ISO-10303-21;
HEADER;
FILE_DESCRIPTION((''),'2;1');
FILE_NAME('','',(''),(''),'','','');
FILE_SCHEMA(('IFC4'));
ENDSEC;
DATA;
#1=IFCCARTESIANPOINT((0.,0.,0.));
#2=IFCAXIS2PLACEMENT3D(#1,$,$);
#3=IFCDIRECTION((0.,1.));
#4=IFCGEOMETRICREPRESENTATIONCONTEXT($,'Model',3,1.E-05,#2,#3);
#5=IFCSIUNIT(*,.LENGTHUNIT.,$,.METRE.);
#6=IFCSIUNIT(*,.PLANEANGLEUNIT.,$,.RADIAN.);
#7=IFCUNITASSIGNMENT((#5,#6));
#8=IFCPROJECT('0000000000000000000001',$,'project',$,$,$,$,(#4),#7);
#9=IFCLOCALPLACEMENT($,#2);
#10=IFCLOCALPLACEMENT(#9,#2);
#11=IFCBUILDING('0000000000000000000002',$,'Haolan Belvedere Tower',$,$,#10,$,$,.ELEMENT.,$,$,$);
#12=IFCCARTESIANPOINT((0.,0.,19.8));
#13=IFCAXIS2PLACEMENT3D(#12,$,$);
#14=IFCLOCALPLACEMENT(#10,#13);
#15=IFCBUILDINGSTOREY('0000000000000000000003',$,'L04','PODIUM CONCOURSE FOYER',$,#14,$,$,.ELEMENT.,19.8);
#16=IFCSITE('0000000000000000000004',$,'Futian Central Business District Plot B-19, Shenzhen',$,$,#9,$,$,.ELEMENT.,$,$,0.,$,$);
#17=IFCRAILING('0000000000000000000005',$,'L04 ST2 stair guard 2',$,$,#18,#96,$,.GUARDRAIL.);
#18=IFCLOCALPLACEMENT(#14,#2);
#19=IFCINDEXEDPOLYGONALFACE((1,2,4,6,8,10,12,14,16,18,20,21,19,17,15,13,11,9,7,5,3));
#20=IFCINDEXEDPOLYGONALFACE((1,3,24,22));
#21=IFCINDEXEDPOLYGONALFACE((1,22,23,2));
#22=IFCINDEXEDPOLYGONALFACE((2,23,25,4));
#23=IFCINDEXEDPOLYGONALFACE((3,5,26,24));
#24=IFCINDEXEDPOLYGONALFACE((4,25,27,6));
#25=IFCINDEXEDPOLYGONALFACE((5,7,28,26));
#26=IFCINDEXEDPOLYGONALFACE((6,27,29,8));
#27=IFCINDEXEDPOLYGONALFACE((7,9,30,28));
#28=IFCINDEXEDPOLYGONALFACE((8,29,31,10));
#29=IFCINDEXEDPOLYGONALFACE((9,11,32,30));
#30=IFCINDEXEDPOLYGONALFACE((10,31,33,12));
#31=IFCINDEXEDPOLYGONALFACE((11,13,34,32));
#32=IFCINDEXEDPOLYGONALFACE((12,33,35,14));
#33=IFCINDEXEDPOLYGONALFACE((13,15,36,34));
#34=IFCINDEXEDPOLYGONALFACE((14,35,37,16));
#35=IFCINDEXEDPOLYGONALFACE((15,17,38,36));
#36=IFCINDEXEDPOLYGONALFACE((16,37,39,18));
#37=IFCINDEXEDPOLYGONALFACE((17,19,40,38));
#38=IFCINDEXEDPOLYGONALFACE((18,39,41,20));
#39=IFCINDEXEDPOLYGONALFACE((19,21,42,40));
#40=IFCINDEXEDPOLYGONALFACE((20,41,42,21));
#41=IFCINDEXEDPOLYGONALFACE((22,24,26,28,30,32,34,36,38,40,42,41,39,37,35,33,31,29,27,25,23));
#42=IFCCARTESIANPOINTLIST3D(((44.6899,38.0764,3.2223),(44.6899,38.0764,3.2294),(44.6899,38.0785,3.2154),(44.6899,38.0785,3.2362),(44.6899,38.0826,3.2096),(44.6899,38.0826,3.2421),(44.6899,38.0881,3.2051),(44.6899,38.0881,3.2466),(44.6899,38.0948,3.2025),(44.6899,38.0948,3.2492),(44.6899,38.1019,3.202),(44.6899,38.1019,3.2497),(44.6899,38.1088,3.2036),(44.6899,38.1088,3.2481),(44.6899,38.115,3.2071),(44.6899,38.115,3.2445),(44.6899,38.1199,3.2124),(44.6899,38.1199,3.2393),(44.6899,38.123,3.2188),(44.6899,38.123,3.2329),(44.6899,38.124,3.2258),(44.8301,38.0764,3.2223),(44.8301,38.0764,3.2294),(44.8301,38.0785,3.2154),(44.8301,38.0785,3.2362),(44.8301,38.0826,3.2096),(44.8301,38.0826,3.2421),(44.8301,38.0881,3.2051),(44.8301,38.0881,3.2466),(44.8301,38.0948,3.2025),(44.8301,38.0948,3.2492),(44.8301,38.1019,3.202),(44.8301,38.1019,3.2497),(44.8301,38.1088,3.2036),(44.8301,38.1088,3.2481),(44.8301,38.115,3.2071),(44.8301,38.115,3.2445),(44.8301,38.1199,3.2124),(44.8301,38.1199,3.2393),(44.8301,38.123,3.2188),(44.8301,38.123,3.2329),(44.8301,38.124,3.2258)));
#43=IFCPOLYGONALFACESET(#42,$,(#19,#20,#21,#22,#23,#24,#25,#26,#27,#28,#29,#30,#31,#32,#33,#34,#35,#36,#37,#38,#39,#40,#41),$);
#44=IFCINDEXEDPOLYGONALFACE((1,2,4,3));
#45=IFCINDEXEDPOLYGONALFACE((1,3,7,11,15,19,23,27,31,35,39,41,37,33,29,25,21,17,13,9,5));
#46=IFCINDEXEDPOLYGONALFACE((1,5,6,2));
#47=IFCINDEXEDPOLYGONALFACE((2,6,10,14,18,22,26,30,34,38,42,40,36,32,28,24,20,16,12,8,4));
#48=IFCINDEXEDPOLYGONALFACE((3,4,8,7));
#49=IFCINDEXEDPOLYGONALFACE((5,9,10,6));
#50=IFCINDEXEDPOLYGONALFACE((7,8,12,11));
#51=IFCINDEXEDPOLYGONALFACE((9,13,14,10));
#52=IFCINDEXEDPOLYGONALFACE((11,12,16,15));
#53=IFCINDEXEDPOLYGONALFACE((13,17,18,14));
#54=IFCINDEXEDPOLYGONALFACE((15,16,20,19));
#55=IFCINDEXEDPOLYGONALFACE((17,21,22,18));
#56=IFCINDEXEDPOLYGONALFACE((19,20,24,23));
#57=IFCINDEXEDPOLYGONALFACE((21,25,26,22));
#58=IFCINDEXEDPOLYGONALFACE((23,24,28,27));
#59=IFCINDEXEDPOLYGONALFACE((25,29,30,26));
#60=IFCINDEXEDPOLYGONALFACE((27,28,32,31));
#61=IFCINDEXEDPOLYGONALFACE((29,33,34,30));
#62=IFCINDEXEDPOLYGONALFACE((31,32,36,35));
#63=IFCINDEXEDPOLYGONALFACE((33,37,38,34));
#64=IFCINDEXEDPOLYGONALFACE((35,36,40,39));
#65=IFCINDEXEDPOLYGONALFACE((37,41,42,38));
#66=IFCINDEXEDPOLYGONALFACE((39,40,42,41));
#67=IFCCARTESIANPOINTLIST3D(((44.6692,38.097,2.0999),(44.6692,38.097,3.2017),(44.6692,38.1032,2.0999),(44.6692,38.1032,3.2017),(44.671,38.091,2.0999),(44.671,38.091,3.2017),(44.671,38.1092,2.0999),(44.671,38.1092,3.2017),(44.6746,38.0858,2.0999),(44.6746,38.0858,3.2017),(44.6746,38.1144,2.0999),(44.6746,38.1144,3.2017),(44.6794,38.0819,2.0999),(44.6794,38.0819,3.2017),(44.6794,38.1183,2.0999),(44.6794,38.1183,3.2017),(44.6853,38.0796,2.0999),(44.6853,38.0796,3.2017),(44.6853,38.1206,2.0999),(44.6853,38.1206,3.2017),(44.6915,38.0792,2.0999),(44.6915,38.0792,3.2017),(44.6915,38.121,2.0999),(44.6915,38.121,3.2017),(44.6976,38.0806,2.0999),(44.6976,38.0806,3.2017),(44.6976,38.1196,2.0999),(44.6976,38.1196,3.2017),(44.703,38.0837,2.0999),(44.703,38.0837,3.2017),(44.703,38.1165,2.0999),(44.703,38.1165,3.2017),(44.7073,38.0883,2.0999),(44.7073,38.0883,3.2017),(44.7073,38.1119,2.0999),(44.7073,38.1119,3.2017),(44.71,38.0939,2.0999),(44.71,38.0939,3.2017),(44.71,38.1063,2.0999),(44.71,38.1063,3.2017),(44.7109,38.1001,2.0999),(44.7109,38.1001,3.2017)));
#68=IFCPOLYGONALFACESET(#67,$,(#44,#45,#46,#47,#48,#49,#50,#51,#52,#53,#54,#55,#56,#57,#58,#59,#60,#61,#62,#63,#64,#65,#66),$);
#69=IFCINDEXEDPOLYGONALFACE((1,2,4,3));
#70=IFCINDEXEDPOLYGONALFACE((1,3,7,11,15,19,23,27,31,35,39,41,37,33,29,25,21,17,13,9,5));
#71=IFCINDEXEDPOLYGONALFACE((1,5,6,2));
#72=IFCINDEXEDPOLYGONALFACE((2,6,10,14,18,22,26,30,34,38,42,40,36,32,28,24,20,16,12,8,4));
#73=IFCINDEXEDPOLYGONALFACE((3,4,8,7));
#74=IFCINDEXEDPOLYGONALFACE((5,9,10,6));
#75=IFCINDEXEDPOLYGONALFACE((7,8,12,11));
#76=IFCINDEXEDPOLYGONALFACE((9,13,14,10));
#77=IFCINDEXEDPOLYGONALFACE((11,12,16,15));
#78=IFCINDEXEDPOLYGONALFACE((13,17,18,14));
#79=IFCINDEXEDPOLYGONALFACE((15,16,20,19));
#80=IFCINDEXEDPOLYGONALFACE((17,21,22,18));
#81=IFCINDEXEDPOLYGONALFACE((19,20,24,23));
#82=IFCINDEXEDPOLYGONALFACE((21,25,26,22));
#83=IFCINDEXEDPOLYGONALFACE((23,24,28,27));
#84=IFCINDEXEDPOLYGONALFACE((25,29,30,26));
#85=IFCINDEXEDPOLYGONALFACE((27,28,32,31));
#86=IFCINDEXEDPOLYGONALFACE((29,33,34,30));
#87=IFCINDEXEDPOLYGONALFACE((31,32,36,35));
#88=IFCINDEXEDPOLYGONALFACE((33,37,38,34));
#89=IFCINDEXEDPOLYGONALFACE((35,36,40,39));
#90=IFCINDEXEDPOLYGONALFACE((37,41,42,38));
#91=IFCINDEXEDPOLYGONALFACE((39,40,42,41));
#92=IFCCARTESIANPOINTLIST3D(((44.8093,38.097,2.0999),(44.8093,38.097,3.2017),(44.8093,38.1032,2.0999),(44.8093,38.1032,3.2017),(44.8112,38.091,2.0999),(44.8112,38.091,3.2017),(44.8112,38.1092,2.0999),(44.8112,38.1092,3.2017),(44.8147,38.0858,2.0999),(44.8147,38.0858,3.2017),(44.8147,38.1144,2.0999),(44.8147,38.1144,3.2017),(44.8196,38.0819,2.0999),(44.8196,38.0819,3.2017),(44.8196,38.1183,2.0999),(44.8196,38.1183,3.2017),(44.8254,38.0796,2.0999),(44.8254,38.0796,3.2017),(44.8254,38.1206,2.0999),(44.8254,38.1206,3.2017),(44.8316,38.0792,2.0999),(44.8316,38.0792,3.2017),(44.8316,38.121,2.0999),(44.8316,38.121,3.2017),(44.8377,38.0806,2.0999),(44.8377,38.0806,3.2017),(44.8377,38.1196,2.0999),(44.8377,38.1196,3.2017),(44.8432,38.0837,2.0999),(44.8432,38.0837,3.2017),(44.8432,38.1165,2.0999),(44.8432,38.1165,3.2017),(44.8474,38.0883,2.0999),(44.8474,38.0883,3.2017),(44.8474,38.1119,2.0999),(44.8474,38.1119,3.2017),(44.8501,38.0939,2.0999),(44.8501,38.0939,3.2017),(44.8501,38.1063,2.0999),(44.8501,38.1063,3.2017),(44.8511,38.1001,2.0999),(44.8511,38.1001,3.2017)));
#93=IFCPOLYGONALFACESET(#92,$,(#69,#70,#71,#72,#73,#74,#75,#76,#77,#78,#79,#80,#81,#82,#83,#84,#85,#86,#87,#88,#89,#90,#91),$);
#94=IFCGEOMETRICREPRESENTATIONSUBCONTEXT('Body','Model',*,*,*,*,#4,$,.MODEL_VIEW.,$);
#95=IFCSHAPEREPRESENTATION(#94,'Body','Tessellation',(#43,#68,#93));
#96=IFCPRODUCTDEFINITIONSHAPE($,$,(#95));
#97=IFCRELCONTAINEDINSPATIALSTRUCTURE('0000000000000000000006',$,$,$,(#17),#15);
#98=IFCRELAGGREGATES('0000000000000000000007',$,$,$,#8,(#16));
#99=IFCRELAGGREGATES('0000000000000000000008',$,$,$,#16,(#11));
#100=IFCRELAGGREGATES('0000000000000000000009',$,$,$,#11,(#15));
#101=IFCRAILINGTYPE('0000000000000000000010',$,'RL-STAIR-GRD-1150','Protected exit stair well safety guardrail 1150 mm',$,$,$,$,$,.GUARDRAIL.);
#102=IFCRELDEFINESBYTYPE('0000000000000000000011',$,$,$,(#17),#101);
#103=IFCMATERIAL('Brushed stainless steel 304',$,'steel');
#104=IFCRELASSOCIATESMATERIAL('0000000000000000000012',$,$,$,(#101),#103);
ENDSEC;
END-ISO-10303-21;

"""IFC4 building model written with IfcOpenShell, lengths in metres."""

from ifc_helpers import new_model, si_unit, direction, frame, origin, origin_2d, place, context, subcontext, project, spatial, circle, extrude, material, type_object, element, save


model = new_model("IFC4")

# Units and contexts
model_context = context("Model", 3, precision=1e-05, world=origin(), true_north=direction((0.0, 1.0)))
body_context = subcontext(model_context, "Body", "Model", "MODEL_VIEW")
ifc_project = project(units=[si_unit("LENGTHUNIT", "METRE"), si_unit("PLANEANGLEUNIT", "RADIAN")], contexts=[model_context])

# Site, building, storey
site_placement = place(None, origin())
site = spatial("IfcSite", under=ifc_project, at=site_placement, Name="Futian Central Business District Plot B-19, Shenzhen", CompositionType="ELEMENT", RefElevation=0.0)
building_placement = place(site_placement, origin())
building = spatial("IfcBuilding", under=site, at=building_placement, Name="Haolan Belvedere Tower", CompositionType="ELEMENT")
storey_placement = place(building_placement, frame((0.0, 0.0, 19.8)))
storey = spatial("IfcBuildingStorey", under=building, at=storey_placement, Name="L04", Description="PODIUM CONCOURSE FOYER", CompositionType="ELEMENT", Elevation=19.8)

# Railing
ifc_material_1 = material(Name="Brushed stainless steel 304", Category="steel")
railing_type_1 = type_object("IfcRailingType", Name="RL-STAIR-GRD-1150", Description="Protected exit stair well safety guardrail 1150 mm", PredefinedType="GUARDRAIL", material=ifc_material_1)
railing_1_placement = place(storey_placement, frame((44.6899, 38.1001, 2.0999)))
element("IfcRailing", 1, at=railing_1_placement, inside=storey, type_object=railing_type_1, Name="L04 ST2 stair guard 2", PredefinedType="GUARDRAIL", context=body_context, shape_type="SweptSolid", body=[
    extrude(circle(Radius=0.0239, at=origin_2d()), frame((0.0, 0.0, 1.126), z_axis=(1.0, 0.0, 0.0), x_axis=(0.0, 1.0, 0.0)), (0.0, 0.0, 1.0), 0.1401),
    extrude(circle(Radius=0.021, at=origin_2d()), origin(), (0.0, 0.0, 1.0), 1.1018),
    extrude(circle(Radius=0.021, at=origin_2d()), frame((0.1401, 0.0, 0.0)), (0.0, 0.0, 1.0), 1.1018),
])

save(model, "model.ifc")
